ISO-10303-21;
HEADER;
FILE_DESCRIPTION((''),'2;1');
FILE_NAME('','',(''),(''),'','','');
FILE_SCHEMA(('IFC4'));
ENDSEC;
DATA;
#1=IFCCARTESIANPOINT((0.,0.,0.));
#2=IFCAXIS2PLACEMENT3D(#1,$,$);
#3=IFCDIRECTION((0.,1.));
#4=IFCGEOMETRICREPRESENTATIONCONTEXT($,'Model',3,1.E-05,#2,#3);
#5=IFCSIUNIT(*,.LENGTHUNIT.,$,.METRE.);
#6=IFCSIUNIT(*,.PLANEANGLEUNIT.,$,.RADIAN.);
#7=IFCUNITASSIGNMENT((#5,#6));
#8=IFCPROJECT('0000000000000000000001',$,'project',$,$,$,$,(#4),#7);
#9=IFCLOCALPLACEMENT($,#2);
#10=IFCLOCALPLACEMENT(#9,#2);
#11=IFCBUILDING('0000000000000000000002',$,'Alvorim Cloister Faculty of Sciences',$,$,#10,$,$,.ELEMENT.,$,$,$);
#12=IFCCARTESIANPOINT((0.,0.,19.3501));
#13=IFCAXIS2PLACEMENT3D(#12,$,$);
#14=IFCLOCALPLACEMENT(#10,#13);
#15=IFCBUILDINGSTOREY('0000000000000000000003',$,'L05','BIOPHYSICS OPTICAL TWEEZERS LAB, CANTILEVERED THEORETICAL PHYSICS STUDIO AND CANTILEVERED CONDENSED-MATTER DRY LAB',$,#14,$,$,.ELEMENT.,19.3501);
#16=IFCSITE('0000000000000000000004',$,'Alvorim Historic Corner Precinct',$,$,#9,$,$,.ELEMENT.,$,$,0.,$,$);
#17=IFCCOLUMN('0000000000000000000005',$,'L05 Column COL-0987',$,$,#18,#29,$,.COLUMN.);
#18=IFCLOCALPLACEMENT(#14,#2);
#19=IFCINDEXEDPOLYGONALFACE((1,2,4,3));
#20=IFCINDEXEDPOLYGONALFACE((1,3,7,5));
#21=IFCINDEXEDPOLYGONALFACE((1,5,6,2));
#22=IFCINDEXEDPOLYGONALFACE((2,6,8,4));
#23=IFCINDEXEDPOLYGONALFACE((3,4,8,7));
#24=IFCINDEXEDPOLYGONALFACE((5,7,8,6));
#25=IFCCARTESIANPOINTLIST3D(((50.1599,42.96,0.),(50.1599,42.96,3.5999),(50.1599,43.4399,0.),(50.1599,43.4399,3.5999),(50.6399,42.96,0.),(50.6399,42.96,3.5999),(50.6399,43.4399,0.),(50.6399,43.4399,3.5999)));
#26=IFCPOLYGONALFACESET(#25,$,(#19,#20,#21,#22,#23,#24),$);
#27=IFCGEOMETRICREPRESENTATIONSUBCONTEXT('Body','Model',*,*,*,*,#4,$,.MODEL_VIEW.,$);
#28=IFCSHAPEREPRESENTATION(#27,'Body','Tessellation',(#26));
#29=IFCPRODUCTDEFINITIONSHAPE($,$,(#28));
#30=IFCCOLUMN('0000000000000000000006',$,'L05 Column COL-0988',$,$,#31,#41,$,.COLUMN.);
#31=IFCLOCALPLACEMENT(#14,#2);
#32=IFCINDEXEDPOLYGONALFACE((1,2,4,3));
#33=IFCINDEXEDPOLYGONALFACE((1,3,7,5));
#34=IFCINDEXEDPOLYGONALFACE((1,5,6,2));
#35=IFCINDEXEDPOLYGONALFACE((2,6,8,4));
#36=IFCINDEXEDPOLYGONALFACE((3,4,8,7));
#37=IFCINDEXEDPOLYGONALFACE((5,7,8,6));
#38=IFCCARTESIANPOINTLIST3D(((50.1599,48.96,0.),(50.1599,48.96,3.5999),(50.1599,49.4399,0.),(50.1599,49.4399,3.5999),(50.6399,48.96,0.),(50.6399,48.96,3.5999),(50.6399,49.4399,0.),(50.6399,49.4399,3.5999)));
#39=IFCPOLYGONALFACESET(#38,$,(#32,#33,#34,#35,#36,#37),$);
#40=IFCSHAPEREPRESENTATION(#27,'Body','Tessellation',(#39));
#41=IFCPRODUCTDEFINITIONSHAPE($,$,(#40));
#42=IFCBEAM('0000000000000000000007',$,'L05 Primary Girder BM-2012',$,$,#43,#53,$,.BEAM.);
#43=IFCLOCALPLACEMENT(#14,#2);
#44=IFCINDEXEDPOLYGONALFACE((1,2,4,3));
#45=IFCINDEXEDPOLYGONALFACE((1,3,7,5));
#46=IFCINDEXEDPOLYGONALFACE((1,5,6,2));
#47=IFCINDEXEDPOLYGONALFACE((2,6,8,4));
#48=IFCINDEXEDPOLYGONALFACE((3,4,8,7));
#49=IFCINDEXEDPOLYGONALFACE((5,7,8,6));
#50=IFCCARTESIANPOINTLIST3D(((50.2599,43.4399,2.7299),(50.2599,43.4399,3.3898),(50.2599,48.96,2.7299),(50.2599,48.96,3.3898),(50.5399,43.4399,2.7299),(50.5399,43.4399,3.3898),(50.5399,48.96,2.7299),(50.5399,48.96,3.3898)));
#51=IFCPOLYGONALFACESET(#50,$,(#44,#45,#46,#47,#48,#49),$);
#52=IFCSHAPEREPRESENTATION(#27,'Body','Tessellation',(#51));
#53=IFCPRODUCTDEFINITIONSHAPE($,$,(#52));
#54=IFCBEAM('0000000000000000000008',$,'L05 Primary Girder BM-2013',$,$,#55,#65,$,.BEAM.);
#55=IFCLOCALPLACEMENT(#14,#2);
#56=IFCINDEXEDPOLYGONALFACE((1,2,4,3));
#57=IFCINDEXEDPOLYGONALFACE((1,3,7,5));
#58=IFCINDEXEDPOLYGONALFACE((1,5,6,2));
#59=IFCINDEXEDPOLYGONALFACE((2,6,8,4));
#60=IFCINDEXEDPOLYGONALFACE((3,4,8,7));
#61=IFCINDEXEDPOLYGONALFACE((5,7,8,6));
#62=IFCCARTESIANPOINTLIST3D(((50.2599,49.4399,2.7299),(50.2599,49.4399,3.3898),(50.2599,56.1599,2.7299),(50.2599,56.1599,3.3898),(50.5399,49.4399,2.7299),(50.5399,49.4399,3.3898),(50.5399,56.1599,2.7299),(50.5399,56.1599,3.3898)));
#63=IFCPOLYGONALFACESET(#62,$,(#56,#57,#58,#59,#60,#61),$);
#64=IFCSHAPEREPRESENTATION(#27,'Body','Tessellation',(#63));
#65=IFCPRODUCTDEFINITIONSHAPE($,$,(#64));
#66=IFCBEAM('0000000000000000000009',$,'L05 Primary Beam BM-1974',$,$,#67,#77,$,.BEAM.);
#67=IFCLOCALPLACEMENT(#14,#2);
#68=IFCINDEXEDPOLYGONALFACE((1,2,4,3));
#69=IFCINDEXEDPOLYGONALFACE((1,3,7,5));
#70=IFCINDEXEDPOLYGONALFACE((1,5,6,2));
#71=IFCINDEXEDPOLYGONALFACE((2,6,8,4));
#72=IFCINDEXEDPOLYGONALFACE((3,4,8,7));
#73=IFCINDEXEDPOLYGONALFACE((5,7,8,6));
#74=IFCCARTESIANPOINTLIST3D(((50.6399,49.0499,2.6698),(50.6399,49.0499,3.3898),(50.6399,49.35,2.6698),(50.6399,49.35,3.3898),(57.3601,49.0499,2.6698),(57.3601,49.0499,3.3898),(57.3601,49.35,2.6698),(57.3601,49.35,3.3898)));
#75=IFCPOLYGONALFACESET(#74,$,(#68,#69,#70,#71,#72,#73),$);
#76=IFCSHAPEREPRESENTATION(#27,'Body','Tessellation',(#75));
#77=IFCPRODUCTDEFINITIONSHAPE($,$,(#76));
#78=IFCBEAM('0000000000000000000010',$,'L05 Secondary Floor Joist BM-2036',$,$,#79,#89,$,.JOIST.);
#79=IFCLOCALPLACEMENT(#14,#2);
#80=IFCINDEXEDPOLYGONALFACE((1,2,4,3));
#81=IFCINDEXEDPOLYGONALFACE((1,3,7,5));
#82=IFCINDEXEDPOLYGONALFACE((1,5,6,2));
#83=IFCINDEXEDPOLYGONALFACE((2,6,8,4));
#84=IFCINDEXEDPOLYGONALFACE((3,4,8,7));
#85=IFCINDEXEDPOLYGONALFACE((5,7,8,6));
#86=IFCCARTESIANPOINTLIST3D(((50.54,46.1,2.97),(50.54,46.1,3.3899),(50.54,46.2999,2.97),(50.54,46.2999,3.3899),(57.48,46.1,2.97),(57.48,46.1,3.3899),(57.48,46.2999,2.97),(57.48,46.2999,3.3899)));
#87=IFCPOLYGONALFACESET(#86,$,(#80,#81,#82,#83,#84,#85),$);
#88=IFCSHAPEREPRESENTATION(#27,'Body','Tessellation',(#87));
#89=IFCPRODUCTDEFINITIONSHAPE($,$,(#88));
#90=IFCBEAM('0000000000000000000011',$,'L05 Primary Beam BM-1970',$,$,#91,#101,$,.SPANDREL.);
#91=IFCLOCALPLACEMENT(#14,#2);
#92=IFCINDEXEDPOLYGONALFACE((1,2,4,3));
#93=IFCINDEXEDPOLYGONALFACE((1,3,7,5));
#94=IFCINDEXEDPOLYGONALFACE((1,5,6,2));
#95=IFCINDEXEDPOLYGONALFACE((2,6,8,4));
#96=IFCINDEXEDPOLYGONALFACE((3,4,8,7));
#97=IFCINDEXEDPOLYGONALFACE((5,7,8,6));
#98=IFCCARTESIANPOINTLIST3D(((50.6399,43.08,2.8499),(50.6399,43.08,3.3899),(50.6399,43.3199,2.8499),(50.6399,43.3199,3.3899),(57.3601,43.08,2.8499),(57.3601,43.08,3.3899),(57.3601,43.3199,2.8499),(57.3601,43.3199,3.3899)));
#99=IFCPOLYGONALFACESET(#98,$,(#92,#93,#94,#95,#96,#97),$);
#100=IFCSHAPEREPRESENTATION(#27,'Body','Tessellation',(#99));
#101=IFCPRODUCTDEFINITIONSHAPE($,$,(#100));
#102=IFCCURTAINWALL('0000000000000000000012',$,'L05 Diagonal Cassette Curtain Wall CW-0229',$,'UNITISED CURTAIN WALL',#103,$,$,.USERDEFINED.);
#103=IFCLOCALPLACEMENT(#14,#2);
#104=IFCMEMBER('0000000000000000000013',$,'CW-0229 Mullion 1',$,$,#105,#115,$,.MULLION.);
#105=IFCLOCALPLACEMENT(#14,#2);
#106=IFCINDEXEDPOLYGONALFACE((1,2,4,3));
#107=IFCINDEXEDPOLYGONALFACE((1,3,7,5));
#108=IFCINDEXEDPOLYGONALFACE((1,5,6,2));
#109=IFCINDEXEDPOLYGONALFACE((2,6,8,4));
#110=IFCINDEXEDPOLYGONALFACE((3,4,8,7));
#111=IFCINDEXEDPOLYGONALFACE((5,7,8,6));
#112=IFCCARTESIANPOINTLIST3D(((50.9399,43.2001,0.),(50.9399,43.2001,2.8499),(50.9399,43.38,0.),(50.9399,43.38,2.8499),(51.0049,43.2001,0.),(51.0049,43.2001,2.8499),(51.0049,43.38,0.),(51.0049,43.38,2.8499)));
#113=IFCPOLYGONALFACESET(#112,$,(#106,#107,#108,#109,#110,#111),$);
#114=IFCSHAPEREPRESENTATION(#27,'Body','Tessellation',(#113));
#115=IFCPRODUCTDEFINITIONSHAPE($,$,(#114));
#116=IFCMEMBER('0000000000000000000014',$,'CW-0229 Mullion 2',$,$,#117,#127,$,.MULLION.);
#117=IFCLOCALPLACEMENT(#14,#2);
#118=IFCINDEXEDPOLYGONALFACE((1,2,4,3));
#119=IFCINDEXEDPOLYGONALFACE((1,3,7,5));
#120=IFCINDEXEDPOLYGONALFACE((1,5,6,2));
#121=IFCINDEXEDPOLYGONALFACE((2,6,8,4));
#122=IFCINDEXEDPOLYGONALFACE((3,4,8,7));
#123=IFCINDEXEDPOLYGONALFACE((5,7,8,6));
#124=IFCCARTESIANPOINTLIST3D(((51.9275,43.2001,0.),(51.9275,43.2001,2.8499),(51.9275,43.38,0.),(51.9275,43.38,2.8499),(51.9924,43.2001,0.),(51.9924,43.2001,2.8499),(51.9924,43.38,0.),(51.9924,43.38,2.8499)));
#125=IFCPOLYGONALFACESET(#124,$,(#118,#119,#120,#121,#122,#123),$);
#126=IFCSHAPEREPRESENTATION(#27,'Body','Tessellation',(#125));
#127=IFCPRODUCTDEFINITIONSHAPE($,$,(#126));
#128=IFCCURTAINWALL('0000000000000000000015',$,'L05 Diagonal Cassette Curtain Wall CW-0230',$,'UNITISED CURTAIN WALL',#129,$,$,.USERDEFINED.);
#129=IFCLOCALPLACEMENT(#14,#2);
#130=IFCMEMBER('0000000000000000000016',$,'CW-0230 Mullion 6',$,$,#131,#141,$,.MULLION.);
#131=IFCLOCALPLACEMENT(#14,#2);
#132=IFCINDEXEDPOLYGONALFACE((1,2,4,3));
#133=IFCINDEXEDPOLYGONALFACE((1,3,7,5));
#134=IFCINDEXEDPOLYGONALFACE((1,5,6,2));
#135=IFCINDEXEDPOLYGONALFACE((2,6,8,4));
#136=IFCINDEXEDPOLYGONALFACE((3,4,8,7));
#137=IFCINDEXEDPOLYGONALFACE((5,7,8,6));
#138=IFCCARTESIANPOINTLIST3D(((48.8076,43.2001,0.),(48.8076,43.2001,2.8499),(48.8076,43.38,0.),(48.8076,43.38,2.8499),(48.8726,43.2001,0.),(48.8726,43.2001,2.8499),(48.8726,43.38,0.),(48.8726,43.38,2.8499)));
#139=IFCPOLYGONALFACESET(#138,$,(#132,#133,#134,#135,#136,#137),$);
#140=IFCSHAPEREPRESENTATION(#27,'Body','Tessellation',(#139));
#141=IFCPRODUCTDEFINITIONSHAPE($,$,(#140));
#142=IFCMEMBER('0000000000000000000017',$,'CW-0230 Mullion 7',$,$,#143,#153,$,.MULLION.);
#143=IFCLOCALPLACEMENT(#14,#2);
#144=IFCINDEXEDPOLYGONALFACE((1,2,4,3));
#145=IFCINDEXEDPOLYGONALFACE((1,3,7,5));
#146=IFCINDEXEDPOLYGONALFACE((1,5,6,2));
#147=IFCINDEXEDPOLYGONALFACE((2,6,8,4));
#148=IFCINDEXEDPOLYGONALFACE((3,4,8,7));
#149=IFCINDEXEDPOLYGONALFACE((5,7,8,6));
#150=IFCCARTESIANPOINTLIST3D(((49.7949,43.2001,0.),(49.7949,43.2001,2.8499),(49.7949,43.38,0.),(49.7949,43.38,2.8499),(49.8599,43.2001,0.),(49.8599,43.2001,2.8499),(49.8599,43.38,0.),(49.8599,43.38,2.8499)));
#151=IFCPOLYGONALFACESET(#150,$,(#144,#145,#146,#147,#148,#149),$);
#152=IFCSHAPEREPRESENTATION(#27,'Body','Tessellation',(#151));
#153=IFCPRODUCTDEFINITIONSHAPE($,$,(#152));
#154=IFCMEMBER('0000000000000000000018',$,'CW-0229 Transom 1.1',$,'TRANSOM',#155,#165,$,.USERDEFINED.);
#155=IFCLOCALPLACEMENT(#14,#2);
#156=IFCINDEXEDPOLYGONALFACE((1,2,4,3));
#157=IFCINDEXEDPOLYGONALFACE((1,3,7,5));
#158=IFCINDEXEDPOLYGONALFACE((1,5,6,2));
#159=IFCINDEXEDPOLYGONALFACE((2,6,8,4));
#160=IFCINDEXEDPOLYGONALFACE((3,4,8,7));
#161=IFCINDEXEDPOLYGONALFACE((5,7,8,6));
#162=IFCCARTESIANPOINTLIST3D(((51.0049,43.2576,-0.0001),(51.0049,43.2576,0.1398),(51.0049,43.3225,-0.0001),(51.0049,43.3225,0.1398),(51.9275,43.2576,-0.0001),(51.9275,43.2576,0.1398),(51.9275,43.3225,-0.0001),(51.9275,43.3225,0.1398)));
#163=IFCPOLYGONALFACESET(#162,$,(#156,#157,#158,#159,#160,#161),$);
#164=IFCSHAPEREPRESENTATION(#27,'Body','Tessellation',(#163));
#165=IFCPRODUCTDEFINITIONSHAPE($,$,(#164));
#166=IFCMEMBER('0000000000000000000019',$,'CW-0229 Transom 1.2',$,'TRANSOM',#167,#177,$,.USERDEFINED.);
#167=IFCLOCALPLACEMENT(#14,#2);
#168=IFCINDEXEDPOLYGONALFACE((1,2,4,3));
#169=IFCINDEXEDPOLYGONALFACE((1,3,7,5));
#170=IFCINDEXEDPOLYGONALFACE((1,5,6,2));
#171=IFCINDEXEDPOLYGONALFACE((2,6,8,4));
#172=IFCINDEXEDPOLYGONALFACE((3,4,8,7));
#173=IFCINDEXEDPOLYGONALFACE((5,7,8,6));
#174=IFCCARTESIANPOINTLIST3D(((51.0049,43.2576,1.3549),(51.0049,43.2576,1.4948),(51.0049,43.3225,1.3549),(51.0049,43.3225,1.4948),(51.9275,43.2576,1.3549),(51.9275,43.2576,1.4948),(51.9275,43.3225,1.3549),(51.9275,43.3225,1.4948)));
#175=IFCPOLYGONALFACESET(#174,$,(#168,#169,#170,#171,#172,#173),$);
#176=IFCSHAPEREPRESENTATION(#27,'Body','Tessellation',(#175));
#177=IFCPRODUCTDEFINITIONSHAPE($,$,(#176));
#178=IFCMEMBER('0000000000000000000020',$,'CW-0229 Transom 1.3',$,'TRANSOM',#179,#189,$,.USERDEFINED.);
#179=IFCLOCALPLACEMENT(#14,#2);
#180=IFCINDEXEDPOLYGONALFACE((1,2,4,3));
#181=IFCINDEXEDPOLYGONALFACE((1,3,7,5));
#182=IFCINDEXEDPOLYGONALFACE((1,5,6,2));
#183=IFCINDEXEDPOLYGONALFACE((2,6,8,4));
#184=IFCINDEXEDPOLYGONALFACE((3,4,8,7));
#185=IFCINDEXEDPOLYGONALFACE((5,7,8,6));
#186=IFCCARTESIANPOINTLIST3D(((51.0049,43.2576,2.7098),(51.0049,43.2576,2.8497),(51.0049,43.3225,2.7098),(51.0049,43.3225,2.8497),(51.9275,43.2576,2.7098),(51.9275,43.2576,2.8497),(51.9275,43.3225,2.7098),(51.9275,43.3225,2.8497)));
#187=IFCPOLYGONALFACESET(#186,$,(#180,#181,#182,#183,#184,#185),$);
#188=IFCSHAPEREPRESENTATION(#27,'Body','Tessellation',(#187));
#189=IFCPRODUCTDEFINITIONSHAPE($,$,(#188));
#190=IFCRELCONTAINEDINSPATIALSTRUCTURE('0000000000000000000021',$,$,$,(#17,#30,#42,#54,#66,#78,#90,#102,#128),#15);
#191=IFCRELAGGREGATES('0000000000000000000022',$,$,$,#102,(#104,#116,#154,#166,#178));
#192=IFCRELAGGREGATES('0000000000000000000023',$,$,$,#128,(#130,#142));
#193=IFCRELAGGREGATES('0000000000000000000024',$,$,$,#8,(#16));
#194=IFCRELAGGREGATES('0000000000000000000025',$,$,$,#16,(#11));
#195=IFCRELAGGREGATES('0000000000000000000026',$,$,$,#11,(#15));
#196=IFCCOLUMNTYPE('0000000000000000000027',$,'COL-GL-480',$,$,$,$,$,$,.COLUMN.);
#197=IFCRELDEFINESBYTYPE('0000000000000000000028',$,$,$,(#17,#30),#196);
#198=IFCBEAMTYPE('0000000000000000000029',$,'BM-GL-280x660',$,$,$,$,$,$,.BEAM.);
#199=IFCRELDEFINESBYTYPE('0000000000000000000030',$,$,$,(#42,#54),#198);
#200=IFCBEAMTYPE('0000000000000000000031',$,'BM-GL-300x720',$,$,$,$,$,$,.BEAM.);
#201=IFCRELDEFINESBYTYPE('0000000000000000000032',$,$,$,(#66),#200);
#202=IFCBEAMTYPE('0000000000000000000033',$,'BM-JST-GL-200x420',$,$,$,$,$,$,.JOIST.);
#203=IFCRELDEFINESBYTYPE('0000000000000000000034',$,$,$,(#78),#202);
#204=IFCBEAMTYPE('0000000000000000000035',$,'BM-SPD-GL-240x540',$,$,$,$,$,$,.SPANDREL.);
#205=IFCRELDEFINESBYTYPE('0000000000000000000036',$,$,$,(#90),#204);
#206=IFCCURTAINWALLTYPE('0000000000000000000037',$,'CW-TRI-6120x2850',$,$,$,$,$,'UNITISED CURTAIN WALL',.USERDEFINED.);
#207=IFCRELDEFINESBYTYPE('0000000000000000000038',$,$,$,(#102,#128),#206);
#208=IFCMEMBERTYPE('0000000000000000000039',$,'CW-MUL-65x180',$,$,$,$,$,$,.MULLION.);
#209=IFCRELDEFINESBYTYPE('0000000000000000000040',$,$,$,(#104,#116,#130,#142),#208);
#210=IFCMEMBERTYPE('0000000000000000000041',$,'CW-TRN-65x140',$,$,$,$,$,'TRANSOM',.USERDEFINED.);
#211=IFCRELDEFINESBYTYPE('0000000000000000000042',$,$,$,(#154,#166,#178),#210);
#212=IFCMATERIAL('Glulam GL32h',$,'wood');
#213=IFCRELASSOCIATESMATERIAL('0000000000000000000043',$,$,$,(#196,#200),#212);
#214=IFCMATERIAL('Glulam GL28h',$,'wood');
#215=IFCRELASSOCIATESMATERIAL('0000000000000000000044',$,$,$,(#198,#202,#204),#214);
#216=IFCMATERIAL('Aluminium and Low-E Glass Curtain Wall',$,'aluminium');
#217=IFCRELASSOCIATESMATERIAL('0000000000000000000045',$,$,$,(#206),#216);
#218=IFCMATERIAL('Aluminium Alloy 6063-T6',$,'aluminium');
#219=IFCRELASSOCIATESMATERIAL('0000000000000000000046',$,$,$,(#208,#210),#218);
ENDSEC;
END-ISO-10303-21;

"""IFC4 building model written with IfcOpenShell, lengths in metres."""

from ifc_helpers import new_model, si_unit, direction, frame, origin, origin_2d, place, context, subcontext, project, spatial, rectangle, extrude, material, material_profile, profile_set, type_object, element, aggregate, save


model = new_model("IFC4")

# Units and contexts
model_context = context("Model", 3, precision=1e-05, world=origin(), true_north=direction((0.0, 1.0)))
body_context = subcontext(model_context, "Body", "Model", "MODEL_VIEW")
ifc_project = project(units=[si_unit("LENGTHUNIT", "METRE"), si_unit("PLANEANGLEUNIT", "RADIAN")], contexts=[model_context])

# Site, building, storey
site_placement = place(None, origin())
site = spatial("IfcSite", under=ifc_project, at=site_placement, Name="Alvorim Historic Corner Precinct", CompositionType="ELEMENT", RefElevation=0.0)
building_placement = place(site_placement, origin())
building = spatial("IfcBuilding", under=site, at=building_placement, Name="Alvorim Cloister Faculty of Sciences", CompositionType="ELEMENT")
storey_placement = place(building_placement, frame((0.0, 0.0, 19.3501)))
storey = spatial("IfcBuildingStorey", under=building, at=storey_placement, Name="L05", Description="BIOPHYSICS OPTICAL TWEEZERS LAB, CANTILEVERED THEORETICAL PHYSICS STUDIO AND CANTILEVERED CONDENSED-MATTER DRY LAB", CompositionType="ELEMENT", Elevation=19.3501)

# Columns
ifc_material_1 = material(Name="Glulam GL32h", Category="wood")
ifc_material_profile_1 = material_profile(ifc_material_1, rectangle(XDim=0.48, YDim=0.48, at=origin_2d()), Name="GL32-COL-480x480")
ifc_profile_set_1 = profile_set([ifc_material_profile_1], Name="Glulam GL32h")
column_type = type_object("IfcColumnType", Name="COL-GL-480", PredefinedType="COLUMN", material=ifc_profile_set_1)
for number, where, z_axis, x_axis, name in (
    (1, (50.3999, 43.2, 0.0), (0.0, 0.0, 1.0), (1.0, 0.0, 0.0), "L05 Column COL-0987"),
    (2, (50.3999, 49.2, 0.0), (0.0, 0.0, 1.0), (1.0, 0.0, 0.0), "L05 Column COL-0988"),
):
    element("IfcColumn", number, at=place(storey_placement, frame(where, z_axis=z_axis, x_axis=x_axis)), inside=storey, type_object=column_type, Name=name, PredefinedType="COLUMN", context=body_context, shape_type="SweptSolid", body=[
        extrude(rectangle(XDim=0.48, YDim=0.48, at=origin_2d()), origin(), (0.0, 0.0, 1.0), 3.5999),
    ])

# Beams
ifc_material_2 = material(Name="Glulam GL28h", Category="wood")
ifc_material_profile_2 = material_profile(ifc_material_2, rectangle(XDim=0.28, YDim=0.6599, at=origin_2d()), Name="GL28-BM-280x660")
ifc_profile_set_2 = profile_set([ifc_material_profile_2], Name="Glulam GL28h")
beam_type_1 = type_object("IfcBeamType", Name="BM-GL-280x660", PredefinedType="BEAM", material=ifc_profile_set_2)
beam_1_placement = place(storey_placement, frame((50.3999, 43.4399, 3.0598), z_axis=(0.0, 1.0, 0.0), x_axis=(-1.0, 0.0, 0.0)))
element("IfcBeam", 3, at=beam_1_placement, inside=storey, type_object=beam_type_1, Name="L05 Primary Girder BM-2012", PredefinedType="BEAM", context=body_context, shape_type="SweptSolid", body=[
    extrude(rectangle(XDim=0.28, YDim=0.6599, at=origin_2d()), origin(), (0.0, 0.0, 1.0), 5.52),
])
beam_2_placement = place(storey_placement, frame((50.3999, 49.4399, 3.0598), z_axis=(0.0, 1.0, 0.0), x_axis=(-1.0, 0.0, 0.0)))
element("IfcBeam", 4, at=beam_2_placement, inside=storey, type_object=beam_type_1, Name="L05 Primary Girder BM-2013", PredefinedType="BEAM", context=body_context, shape_type="SweptSolid", body=[
    extrude(rectangle(XDim=0.28, YDim=0.6599, at=origin_2d()), origin(), (0.0, 0.0, 1.0), 6.72),
])
ifc_material_profile_3 = material_profile(ifc_material_1, rectangle(XDim=0.3, YDim=0.72, at=origin_2d()), Name="GL32-BM-300x720")
ifc_profile_set_3 = profile_set([ifc_material_profile_3], Name="Glulam GL32h")
beam_type_2 = type_object("IfcBeamType", Name="BM-GL-300x720", PredefinedType="BEAM", material=ifc_profile_set_3)
beam_3_placement = place(storey_placement, frame((50.6399, 49.2, 3.0298), z_axis=(1.0, 0.0, 0.0), x_axis=(0.0, 1.0, 0.0)))
element("IfcBeam", 5, at=beam_3_placement, inside=storey, type_object=beam_type_2, Name="L05 Primary Beam BM-1974", PredefinedType="BEAM", context=body_context, shape_type="SweptSolid", body=[
    extrude(rectangle(XDim=0.3, YDim=0.72, at=origin_2d()), origin(), (0.0, 0.0, 1.0), 6.7202),
])
ifc_material_profile_4 = material_profile(ifc_material_2, rectangle(XDim=0.2, YDim=0.4199, at=origin_2d()), Name="GL28-JST-200x420")
ifc_profile_set_4 = profile_set([ifc_material_profile_4], Name="Glulam GL28h")
beam_type_3 = type_object("IfcBeamType", Name="BM-JST-GL-200x420", PredefinedType="JOIST", material=ifc_profile_set_4)
beam_4_placement = place(storey_placement, frame((50.54, 46.2, 3.1799), z_axis=(1.0, 0.0, 0.0), x_axis=(0.0, 1.0, 0.0)))
element("IfcBeam", 6, at=beam_4_placement, inside=storey, type_object=beam_type_3, Name="L05 Secondary Floor Joist BM-2036", PredefinedType="JOIST", context=body_context, shape_type="SweptSolid", body=[
    extrude(rectangle(XDim=0.2, YDim=0.4199, at=origin_2d()), origin(), (0.0, 0.0, 1.0), 6.9399),
])
ifc_material_profile_5 = material_profile(ifc_material_2, rectangle(XDim=0.24, YDim=0.54, at=origin_2d()), Name="GL28-SPD-240x540")
ifc_profile_set_5 = profile_set([ifc_material_profile_5], Name="Glulam GL28h")
beam_type_4 = type_object("IfcBeamType", Name="BM-SPD-GL-240x540", PredefinedType="SPANDREL", material=ifc_profile_set_5)
beam_5_placement = place(storey_placement, frame((50.6399, 43.2, 3.1199), z_axis=(1.0, 0.0, 0.0), x_axis=(0.0, 1.0, 0.0)))
element("IfcBeam", 7, at=beam_5_placement, inside=storey, type_object=beam_type_4, Name="L05 Primary Beam BM-1970", PredefinedType="SPANDREL", context=body_context, shape_type="SweptSolid", body=[
    extrude(rectangle(XDim=0.24, YDim=0.54, at=origin_2d()), origin(), (0.0, 0.0, 1.0), 6.7202),
])

# Curtain walls, members
ifc_material_3 = material(Name="Aluminium and Low-E Glass Curtain Wall", Category="aluminium")
curtain_wall_type = type_object("IfcCurtainWallType", Name="CW-TRI-6120x2850", ElementType="UNITISED CURTAIN WALL", PredefinedType="USERDEFINED", material=ifc_material_3)
curtain_wall_1_placement = place(storey_placement, origin())
curtain_wall_1 = element("IfcCurtainWall", 8, at=curtain_wall_1_placement, inside=storey, type_object=curtain_wall_type, Name="L05 Diagonal Cassette Curtain Wall CW-0229", ObjectType="UNITISED CURTAIN WALL", PredefinedType="USERDEFINED")
ifc_material_4 = material(Name="Aluminium Alloy 6063-T6", Category="aluminium")
ifc_material_profile_6 = material_profile(ifc_material_4, rectangle(XDim=0.0649, YDim=0.1799, at=origin_2d()), Name="ALU-MUL-65x180")
ifc_profile_set_6 = profile_set([ifc_material_profile_6], Name="Aluminium Alloy 6063-T6")
member_type_1 = type_object("IfcMemberType", Name="CW-MUL-65x180", PredefinedType="MULLION", material=ifc_profile_set_6)
member_1_placement = place(storey_placement, frame((50.9724, 43.29, 0.0), z_axis=(0.0, 0.0, 1.0), x_axis=(1.0, 0.0, 0.0)))
member_1 = element("IfcMember", 9, at=member_1_placement, type_object=member_type_1, Name="CW-0229 Mullion 1", PredefinedType="MULLION", context=body_context, shape_type="SweptSolid", body=[
    extrude(rectangle(XDim=0.0649, YDim=0.1799, at=origin_2d()), origin(), (0.0, 0.0, 1.0), 2.8499),
])
member_2_placement = place(storey_placement, frame((51.96, 43.29, 0.0), z_axis=(0.0, 0.0, 1.0), x_axis=(1.0, 0.0, 0.0)))
member_2 = element("IfcMember", 10, at=member_2_placement, type_object=member_type_1, Name="CW-0229 Mullion 2", PredefinedType="MULLION", context=body_context, shape_type="SweptSolid", body=[
    extrude(rectangle(XDim=0.0649, YDim=0.1799, at=origin_2d()), origin(), (0.0, 0.0, 1.0), 2.8499),
])
curtain_wall_2_placement = place(storey_placement, origin())
curtain_wall_2 = element("IfcCurtainWall", 11, at=curtain_wall_2_placement, inside=storey, type_object=curtain_wall_type, Name="L05 Diagonal Cassette Curtain Wall CW-0230", ObjectType="UNITISED CURTAIN WALL", PredefinedType="USERDEFINED")
member_3_placement = place(storey_placement, frame((48.8401, 43.29, 0.0), z_axis=(0.0, 0.0, 1.0), x_axis=(1.0, 0.0, 0.0)))
member_3 = element("IfcMember", 12, at=member_3_placement, type_object=member_type_1, Name="CW-0230 Mullion 6", PredefinedType="MULLION", context=body_context, shape_type="SweptSolid", body=[
    extrude(rectangle(XDim=0.0649, YDim=0.1799, at=origin_2d()), origin(), (0.0, 0.0, 1.0), 2.8499),
])
member_4_placement = place(storey_placement, frame((49.8274, 43.29, 0.0), z_axis=(0.0, 0.0, 1.0), x_axis=(1.0, 0.0, 0.0)))
member_4 = element("IfcMember", 13, at=member_4_placement, type_object=member_type_1, Name="CW-0230 Mullion 7", PredefinedType="MULLION", context=body_context, shape_type="SweptSolid", body=[
    extrude(rectangle(XDim=0.0649, YDim=0.1799, at=origin_2d()), origin(), (0.0, 0.0, 1.0), 2.8499),
])

# Members
ifc_material_profile_7 = material_profile(ifc_material_4, rectangle(XDim=0.0649, YDim=0.1399, at=origin_2d()), Name="ALU-TRN-65x140")
ifc_profile_set_7 = profile_set([ifc_material_profile_7], Name="Aluminium Alloy 6063-T6")
member_type_2 = type_object("IfcMemberType", Name="CW-TRN-65x140", ElementType="TRANSOM", PredefinedType="USERDEFINED", material=ifc_profile_set_7)
member_5_placement = place(storey_placement, frame((51.0049, 43.29, 0.0698), z_axis=(1.0, 0.0, 0.0), x_axis=(0.0, 1.0, 0.0)))
member_5 = element("IfcMember", 14, at=member_5_placement, type_object=member_type_2, Name="CW-0229 Transom 1.1", ObjectType="TRANSOM", PredefinedType="USERDEFINED", context=body_context, shape_type="SweptSolid", body=[
    extrude(rectangle(XDim=0.0649, YDim=0.1399, at=origin_2d()), origin(), (0.0, 0.0, 1.0), 0.9226),
])
member_6_placement = place(storey_placement, frame((51.0049, 43.29, 1.4248), z_axis=(1.0, 0.0, 0.0), x_axis=(0.0, 1.0, 0.0)))
member_6 = element("IfcMember", 15, at=member_6_placement, type_object=member_type_2, Name="CW-0229 Transom 1.2", ObjectType="TRANSOM", PredefinedType="USERDEFINED", context=body_context, shape_type="SweptSolid", body=[
    extrude(rectangle(XDim=0.0649, YDim=0.1399, at=origin_2d()), origin(), (0.0, 0.0, 1.0), 0.9226),
])
member_7_placement = place(storey_placement, frame((51.0049, 43.29, 2.7798), z_axis=(1.0, 0.0, 0.0), x_axis=(0.0, 1.0, 0.0)))
member_7 = element("IfcMember", 16, at=member_7_placement, type_object=member_type_2, Name="CW-0229 Transom 1.3", ObjectType="TRANSOM", PredefinedType="USERDEFINED", context=body_context, shape_type="SweptSolid", body=[
    extrude(rectangle(XDim=0.0649, YDim=0.1399, at=origin_2d()), origin(), (0.0, 0.0, 1.0), 0.9226),
])

aggregate(curtain_wall_1, [member_1, member_2, member_5, member_6, member_7])
aggregate(curtain_wall_2, [member_3, member_4])

save(model, "model.ifc")
